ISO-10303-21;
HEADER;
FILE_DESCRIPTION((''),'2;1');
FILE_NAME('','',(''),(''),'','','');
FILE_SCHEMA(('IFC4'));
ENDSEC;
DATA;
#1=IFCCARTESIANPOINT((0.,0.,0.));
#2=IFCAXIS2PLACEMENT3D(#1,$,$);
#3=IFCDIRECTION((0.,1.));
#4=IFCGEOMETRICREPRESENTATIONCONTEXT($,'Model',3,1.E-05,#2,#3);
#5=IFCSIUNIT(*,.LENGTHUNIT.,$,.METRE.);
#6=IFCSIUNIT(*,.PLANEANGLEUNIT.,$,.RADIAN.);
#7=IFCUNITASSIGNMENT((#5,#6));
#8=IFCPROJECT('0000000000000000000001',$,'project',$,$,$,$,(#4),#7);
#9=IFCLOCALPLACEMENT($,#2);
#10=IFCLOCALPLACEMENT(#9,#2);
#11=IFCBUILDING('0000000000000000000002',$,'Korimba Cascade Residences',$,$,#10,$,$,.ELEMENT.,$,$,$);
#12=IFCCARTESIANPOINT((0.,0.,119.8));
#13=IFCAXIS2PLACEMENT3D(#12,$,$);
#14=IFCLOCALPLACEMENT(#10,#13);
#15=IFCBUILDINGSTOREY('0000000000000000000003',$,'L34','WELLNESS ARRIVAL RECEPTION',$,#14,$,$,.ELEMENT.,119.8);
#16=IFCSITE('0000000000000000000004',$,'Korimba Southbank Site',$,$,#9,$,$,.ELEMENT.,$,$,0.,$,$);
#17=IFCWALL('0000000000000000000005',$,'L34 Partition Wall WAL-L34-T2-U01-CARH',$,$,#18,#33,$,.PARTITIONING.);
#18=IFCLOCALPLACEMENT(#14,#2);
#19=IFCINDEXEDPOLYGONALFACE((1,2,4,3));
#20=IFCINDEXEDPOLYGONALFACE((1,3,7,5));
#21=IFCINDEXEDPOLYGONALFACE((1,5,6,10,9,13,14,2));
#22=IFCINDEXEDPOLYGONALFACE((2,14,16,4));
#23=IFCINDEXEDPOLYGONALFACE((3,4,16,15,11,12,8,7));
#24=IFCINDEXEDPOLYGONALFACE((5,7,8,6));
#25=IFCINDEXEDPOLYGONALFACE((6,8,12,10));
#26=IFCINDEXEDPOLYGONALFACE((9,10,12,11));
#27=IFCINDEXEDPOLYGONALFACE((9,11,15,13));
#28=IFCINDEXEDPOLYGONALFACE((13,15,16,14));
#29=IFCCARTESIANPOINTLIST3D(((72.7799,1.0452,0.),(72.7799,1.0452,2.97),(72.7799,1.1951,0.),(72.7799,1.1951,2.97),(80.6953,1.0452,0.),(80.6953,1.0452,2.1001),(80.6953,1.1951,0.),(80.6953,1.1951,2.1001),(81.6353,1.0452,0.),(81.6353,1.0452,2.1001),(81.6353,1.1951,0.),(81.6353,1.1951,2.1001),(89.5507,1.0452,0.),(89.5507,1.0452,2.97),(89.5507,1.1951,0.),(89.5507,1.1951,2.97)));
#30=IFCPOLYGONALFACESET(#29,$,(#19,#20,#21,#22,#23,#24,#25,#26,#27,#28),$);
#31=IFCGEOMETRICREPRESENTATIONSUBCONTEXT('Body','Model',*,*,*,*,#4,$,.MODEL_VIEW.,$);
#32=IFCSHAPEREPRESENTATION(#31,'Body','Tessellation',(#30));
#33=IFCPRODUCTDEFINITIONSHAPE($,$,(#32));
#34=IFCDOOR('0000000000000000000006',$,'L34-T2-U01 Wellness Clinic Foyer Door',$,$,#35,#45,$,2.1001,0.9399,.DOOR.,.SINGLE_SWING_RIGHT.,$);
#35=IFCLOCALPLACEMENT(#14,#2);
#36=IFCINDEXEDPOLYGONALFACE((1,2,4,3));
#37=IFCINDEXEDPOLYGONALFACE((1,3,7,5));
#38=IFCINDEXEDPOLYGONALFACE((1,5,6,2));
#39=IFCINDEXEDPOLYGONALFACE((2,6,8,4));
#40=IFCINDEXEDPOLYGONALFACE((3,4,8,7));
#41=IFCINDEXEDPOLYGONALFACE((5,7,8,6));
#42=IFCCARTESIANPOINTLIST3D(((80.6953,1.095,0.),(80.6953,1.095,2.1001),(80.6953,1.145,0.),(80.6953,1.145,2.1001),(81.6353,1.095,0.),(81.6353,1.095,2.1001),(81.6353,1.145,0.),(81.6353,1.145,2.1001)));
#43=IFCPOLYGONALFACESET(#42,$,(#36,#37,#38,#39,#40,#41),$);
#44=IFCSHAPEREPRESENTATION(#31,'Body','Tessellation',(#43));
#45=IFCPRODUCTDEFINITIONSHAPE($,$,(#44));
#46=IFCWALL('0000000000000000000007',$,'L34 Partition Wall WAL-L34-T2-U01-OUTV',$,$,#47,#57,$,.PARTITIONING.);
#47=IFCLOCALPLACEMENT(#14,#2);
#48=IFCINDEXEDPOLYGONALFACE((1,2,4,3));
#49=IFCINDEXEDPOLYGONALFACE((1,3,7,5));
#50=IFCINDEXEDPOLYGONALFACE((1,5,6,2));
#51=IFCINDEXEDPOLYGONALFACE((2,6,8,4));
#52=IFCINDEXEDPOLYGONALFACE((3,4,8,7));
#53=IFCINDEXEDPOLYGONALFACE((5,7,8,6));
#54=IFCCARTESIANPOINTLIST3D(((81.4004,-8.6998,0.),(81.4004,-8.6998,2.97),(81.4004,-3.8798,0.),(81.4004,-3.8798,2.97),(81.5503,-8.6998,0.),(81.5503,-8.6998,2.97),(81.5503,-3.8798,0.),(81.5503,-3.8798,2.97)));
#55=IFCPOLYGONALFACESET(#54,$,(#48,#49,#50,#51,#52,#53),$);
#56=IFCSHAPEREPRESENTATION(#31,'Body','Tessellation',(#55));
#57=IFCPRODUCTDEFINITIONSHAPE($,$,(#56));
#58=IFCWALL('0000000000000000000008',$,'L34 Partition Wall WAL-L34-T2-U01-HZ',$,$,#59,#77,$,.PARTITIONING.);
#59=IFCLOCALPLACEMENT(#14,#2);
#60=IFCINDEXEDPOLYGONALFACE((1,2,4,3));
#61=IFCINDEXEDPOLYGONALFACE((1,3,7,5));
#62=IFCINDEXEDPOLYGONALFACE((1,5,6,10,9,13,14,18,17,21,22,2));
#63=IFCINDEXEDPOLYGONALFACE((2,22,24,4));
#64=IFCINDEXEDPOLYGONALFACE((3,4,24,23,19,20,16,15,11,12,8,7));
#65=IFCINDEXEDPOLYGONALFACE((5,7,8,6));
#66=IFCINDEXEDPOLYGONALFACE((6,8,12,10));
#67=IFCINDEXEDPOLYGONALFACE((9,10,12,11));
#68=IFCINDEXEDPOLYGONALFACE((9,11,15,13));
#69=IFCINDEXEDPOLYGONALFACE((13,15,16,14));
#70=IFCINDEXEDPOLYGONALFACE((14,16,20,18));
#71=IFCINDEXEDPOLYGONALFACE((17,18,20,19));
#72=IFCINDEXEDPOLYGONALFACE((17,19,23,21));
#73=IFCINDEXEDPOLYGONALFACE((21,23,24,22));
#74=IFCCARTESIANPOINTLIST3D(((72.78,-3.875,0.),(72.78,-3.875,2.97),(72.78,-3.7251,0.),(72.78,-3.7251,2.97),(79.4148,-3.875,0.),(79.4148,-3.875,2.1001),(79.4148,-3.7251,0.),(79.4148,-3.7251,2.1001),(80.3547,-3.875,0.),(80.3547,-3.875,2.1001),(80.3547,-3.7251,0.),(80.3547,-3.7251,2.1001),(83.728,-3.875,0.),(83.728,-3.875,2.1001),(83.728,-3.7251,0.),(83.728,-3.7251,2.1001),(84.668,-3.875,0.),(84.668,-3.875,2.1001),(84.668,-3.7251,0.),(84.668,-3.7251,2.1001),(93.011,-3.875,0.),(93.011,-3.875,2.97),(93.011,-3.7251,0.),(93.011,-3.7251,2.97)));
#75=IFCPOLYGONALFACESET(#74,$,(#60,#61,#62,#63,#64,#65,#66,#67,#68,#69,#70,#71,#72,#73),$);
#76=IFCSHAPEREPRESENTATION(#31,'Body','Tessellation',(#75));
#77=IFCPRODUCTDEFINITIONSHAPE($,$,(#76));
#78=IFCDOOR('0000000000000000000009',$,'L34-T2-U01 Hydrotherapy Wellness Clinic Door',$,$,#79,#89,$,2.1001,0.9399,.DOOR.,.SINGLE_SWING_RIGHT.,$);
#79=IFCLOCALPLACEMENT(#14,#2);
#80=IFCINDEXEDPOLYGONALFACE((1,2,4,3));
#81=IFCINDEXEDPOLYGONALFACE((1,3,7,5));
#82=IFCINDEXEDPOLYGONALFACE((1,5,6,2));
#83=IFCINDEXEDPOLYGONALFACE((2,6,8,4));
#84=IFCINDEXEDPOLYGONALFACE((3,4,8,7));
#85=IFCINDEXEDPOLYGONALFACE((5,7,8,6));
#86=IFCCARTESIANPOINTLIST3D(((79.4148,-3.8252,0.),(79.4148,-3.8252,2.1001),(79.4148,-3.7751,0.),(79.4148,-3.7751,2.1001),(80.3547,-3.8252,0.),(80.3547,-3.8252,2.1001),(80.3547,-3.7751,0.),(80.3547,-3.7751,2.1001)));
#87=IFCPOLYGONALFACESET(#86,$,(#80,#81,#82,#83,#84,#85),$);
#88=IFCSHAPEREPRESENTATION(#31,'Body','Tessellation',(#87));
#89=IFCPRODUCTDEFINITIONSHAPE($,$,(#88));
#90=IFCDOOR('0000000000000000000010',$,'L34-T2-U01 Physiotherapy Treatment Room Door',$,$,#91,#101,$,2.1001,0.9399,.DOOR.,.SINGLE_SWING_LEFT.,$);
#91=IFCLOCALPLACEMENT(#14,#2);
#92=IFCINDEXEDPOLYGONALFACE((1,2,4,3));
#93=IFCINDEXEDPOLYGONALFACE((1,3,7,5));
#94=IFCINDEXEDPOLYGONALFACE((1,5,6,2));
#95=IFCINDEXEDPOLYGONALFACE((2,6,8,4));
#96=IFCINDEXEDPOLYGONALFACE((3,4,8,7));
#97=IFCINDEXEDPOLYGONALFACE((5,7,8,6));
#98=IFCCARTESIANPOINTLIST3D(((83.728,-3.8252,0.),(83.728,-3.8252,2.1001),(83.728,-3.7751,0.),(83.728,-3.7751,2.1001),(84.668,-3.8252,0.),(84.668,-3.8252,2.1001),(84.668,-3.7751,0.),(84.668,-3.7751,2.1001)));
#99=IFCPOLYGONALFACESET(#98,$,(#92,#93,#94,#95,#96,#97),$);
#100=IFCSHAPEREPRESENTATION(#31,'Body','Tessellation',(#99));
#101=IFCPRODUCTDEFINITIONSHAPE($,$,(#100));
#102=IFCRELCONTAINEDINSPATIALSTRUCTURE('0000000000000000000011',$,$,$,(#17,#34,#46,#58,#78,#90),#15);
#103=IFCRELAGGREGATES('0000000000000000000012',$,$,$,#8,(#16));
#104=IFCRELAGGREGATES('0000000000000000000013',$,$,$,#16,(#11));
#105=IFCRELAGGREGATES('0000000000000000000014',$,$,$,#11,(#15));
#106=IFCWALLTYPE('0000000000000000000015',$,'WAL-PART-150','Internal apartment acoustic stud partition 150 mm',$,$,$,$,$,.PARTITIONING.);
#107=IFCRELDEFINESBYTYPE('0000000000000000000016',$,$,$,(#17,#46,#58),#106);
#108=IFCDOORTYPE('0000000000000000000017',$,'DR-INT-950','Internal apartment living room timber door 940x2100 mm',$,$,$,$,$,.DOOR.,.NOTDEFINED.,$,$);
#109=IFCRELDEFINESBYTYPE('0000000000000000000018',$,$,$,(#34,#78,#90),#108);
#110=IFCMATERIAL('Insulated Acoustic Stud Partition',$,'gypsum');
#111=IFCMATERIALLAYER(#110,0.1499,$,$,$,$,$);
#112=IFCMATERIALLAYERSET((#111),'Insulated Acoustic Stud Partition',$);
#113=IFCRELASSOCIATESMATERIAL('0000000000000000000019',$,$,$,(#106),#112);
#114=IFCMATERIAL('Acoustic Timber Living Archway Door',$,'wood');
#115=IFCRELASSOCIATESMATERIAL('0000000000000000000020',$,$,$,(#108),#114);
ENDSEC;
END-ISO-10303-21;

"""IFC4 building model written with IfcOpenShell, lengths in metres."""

from ifc_helpers import new_model, si_unit, direction, frame, frame_2d, origin, place, context, subcontext, project, spatial, rectangle, extrude, material, layer, layer_set, type_object, element, fill, save


model = new_model("IFC4")

# Units and contexts
model_context = context("Model", 3, precision=1e-05, world=origin(), true_north=direction((0.0, 1.0)))
body_context = subcontext(model_context, "Body", "Model", "MODEL_VIEW")
ifc_project = project(units=[si_unit("LENGTHUNIT", "METRE"), si_unit("PLANEANGLEUNIT", "RADIAN")], contexts=[model_context])

# Site, building, storey
site_placement = place(None, origin())
site = spatial("IfcSite", under=ifc_project, at=site_placement, Name="Korimba Southbank Site", CompositionType="ELEMENT", RefElevation=0.0)
building_placement = place(site_placement, origin())
building = spatial("IfcBuilding", under=site, at=building_placement, Name="Korimba Cascade Residences", CompositionType="ELEMENT")
storey_placement = place(building_placement, frame((0.0, 0.0, 119.8)))
storey = spatial("IfcBuildingStorey", under=building, at=storey_placement, Name="L34", Description="WELLNESS ARRIVAL RECEPTION", CompositionType="ELEMENT", Elevation=119.8)

# Wall, opening, door
ifc_material_1 = material(Name="Insulated Acoustic Stud Partition", Category="gypsum")
ifc_layer_1 = layer(ifc_material_1, 0.1499)
ifc_layer_set_1 = layer_set([ifc_layer_1], Name="Insulated Acoustic Stud Partition")
wall_type_1 = type_object("IfcWallType", Name="WAL-PART-150", Description="Internal apartment acoustic stud partition 150 mm", PredefinedType="PARTITIONING", material=ifc_layer_set_1)
wall_1_placement = place(storey_placement, frame((72.78, 1.1201, 0.0), z_axis=(0.0, 0.0, 1.0), x_axis=(1.0, 0.0, 0.0)))
wall_1 = element("IfcWall", 1, at=wall_1_placement, inside=storey, type_object=wall_type_1, Name="L34 Partition Wall WAL-L34-T2-U01-CARH", PredefinedType="PARTITIONING", context=body_context, shape_type="SweptSolid", body=[
    extrude(rectangle(XDim=16.7708, YDim=0.1499, at=frame_2d((8.3853, 0.0))), origin(), (0.0, 0.0, 1.0), 2.97),
])
opening_1_placement = place(wall_1_placement, frame((7.9153, 0.0, 0.0)))
opening_1 = element("IfcOpeningElement", 2, at=opening_1_placement, cuts=wall_1, PredefinedType="OPENING", context=body_context, shape_type="SweptSolid", body=[
    extrude(rectangle(XDim=0.9399, YDim=2.1001, at=frame_2d((0.47, 1.05))), frame((0.0, 0.085, 0.0), z_axis=(0.0, -1.0, 0.0), x_axis=(1.0, 0.0, 0.0)), (0.0, 0.0, 1.0), 0.1699),
])
ifc_material_2 = material(Name="Acoustic Timber Living Archway Door", Category="wood")
door_type = type_object("IfcDoorType", Name="DR-INT-950", Description="Internal apartment living room timber door 940x2100 mm", OperationType="NOTDEFINED", PredefinedType="DOOR", material=ifc_material_2)
door_1_placement = place(opening_1_placement, origin())
door_1 = element("IfcDoor", 3, at=door_1_placement, inside=storey, type_object=door_type, Name="L34-T2-U01 Wellness Clinic Foyer Door", OperationType="SINGLE_SWING_RIGHT", OverallHeight=2.1001, OverallWidth=0.9399, PredefinedType="DOOR", context=body_context, shape_type="SweptSolid", body=[
    extrude(rectangle(XDim=0.9399, YDim=2.1001, at=frame_2d((0.47, 1.05))), frame((0.0, 0.0249, 0.0), z_axis=(0.0, -1.0, 0.0), x_axis=(1.0, 0.0, 0.0)), (0.0, 0.0, 1.0), 0.05),
])
fill(opening_1, door_1)

# Wall
wall_2_placement = place(storey_placement, frame((81.4753, -8.7, 0.0), z_axis=(0.0, 0.0, 1.0), x_axis=(0.0, 1.0, 0.0)))
element("IfcWall", 4, at=wall_2_placement, inside=storey, type_object=wall_type_1, Name="L34 Partition Wall WAL-L34-T2-U01-OUTV", PredefinedType="PARTITIONING", context=body_context, shape_type="SweptSolid", body=[
    extrude(rectangle(XDim=4.8201, YDim=0.1499, at=frame_2d((2.4102, 0.0))), origin(), (0.0, 0.0, 1.0), 2.97),
])

# Wall, openings, doors
wall_3_placement = place(storey_placement, frame((72.78, -3.8, 0.0), z_axis=(0.0, 0.0, 1.0), x_axis=(1.0, 0.0, 0.0)))
wall_3 = element("IfcWall", 5, at=wall_3_placement, inside=storey, type_object=wall_type_1, Name="L34 Partition Wall WAL-L34-T2-U01-HZ", PredefinedType="PARTITIONING", context=body_context, shape_type="SweptSolid", body=[
    extrude(rectangle(XDim=20.231, YDim=0.1499, at=frame_2d((10.1155, 0.0))), origin(), (0.0, 0.0, 1.0), 2.97),
])
opening_2_placement = place(wall_3_placement, frame((6.6348, 0.0, 0.0)))
opening_2 = element("IfcOpeningElement", 6, at=opening_2_placement, cuts=wall_3, PredefinedType="OPENING", context=body_context, shape_type="SweptSolid", body=[
    extrude(rectangle(XDim=0.9399, YDim=2.1001, at=frame_2d((0.47, 1.05))), frame((0.0, 0.085, 0.0), z_axis=(0.0, -1.0, 0.0), x_axis=(1.0, 0.0, 0.0)), (0.0, 0.0, 1.0), 0.1699),
])
opening_3_placement = place(wall_3_placement, frame((10.948, 0.0, 0.0)))
opening_3 = element("IfcOpeningElement", 7, at=opening_3_placement, cuts=wall_3, PredefinedType="OPENING", context=body_context, shape_type="SweptSolid", body=[
    extrude(rectangle(XDim=0.9399, YDim=2.1001, at=frame_2d((0.47, 1.05))), frame((0.0, 0.085, 0.0), z_axis=(0.0, -1.0, 0.0), x_axis=(1.0, 0.0, 0.0)), (0.0, 0.0, 1.0), 0.1699),
])
door_2_placement = place(opening_2_placement, origin())
door_2 = element("IfcDoor", 8, at=door_2_placement, inside=storey, type_object=door_type, Name="L34-T2-U01 Hydrotherapy Wellness Clinic Door", OperationType="SINGLE_SWING_RIGHT", OverallHeight=2.1001, OverallWidth=0.9399, PredefinedType="DOOR", context=body_context, shape_type="SweptSolid", body=[
    extrude(rectangle(XDim=0.9399, YDim=2.1001, at=frame_2d((0.47, 1.05))), frame((0.0, 0.0249, 0.0), z_axis=(0.0, -1.0, 0.0), x_axis=(1.0, 0.0, 0.0)), (0.0, 0.0, 1.0), 0.05),
])
fill(opening_2, door_2)
door_3_placement = place(opening_3_placement, origin())
door_3 = element("IfcDoor", 9, at=door_3_placement, inside=storey, type_object=door_type, Name="L34-T2-U01 Physiotherapy Treatment Room Door", OperationType="SINGLE_SWING_LEFT", OverallHeight=2.1001, OverallWidth=0.9399, PredefinedType="DOOR", context=body_context, shape_type="SweptSolid", body=[
    extrude(rectangle(XDim=0.9399, YDim=2.1001, at=frame_2d((0.47, 1.05))), frame((0.0, 0.0249, 0.0), z_axis=(0.0, -1.0, 0.0), x_axis=(1.0, 0.0, 0.0)), (0.0, 0.0, 1.0), 0.05),
])
fill(opening_3, door_3)

save(model, "model.ifc")
